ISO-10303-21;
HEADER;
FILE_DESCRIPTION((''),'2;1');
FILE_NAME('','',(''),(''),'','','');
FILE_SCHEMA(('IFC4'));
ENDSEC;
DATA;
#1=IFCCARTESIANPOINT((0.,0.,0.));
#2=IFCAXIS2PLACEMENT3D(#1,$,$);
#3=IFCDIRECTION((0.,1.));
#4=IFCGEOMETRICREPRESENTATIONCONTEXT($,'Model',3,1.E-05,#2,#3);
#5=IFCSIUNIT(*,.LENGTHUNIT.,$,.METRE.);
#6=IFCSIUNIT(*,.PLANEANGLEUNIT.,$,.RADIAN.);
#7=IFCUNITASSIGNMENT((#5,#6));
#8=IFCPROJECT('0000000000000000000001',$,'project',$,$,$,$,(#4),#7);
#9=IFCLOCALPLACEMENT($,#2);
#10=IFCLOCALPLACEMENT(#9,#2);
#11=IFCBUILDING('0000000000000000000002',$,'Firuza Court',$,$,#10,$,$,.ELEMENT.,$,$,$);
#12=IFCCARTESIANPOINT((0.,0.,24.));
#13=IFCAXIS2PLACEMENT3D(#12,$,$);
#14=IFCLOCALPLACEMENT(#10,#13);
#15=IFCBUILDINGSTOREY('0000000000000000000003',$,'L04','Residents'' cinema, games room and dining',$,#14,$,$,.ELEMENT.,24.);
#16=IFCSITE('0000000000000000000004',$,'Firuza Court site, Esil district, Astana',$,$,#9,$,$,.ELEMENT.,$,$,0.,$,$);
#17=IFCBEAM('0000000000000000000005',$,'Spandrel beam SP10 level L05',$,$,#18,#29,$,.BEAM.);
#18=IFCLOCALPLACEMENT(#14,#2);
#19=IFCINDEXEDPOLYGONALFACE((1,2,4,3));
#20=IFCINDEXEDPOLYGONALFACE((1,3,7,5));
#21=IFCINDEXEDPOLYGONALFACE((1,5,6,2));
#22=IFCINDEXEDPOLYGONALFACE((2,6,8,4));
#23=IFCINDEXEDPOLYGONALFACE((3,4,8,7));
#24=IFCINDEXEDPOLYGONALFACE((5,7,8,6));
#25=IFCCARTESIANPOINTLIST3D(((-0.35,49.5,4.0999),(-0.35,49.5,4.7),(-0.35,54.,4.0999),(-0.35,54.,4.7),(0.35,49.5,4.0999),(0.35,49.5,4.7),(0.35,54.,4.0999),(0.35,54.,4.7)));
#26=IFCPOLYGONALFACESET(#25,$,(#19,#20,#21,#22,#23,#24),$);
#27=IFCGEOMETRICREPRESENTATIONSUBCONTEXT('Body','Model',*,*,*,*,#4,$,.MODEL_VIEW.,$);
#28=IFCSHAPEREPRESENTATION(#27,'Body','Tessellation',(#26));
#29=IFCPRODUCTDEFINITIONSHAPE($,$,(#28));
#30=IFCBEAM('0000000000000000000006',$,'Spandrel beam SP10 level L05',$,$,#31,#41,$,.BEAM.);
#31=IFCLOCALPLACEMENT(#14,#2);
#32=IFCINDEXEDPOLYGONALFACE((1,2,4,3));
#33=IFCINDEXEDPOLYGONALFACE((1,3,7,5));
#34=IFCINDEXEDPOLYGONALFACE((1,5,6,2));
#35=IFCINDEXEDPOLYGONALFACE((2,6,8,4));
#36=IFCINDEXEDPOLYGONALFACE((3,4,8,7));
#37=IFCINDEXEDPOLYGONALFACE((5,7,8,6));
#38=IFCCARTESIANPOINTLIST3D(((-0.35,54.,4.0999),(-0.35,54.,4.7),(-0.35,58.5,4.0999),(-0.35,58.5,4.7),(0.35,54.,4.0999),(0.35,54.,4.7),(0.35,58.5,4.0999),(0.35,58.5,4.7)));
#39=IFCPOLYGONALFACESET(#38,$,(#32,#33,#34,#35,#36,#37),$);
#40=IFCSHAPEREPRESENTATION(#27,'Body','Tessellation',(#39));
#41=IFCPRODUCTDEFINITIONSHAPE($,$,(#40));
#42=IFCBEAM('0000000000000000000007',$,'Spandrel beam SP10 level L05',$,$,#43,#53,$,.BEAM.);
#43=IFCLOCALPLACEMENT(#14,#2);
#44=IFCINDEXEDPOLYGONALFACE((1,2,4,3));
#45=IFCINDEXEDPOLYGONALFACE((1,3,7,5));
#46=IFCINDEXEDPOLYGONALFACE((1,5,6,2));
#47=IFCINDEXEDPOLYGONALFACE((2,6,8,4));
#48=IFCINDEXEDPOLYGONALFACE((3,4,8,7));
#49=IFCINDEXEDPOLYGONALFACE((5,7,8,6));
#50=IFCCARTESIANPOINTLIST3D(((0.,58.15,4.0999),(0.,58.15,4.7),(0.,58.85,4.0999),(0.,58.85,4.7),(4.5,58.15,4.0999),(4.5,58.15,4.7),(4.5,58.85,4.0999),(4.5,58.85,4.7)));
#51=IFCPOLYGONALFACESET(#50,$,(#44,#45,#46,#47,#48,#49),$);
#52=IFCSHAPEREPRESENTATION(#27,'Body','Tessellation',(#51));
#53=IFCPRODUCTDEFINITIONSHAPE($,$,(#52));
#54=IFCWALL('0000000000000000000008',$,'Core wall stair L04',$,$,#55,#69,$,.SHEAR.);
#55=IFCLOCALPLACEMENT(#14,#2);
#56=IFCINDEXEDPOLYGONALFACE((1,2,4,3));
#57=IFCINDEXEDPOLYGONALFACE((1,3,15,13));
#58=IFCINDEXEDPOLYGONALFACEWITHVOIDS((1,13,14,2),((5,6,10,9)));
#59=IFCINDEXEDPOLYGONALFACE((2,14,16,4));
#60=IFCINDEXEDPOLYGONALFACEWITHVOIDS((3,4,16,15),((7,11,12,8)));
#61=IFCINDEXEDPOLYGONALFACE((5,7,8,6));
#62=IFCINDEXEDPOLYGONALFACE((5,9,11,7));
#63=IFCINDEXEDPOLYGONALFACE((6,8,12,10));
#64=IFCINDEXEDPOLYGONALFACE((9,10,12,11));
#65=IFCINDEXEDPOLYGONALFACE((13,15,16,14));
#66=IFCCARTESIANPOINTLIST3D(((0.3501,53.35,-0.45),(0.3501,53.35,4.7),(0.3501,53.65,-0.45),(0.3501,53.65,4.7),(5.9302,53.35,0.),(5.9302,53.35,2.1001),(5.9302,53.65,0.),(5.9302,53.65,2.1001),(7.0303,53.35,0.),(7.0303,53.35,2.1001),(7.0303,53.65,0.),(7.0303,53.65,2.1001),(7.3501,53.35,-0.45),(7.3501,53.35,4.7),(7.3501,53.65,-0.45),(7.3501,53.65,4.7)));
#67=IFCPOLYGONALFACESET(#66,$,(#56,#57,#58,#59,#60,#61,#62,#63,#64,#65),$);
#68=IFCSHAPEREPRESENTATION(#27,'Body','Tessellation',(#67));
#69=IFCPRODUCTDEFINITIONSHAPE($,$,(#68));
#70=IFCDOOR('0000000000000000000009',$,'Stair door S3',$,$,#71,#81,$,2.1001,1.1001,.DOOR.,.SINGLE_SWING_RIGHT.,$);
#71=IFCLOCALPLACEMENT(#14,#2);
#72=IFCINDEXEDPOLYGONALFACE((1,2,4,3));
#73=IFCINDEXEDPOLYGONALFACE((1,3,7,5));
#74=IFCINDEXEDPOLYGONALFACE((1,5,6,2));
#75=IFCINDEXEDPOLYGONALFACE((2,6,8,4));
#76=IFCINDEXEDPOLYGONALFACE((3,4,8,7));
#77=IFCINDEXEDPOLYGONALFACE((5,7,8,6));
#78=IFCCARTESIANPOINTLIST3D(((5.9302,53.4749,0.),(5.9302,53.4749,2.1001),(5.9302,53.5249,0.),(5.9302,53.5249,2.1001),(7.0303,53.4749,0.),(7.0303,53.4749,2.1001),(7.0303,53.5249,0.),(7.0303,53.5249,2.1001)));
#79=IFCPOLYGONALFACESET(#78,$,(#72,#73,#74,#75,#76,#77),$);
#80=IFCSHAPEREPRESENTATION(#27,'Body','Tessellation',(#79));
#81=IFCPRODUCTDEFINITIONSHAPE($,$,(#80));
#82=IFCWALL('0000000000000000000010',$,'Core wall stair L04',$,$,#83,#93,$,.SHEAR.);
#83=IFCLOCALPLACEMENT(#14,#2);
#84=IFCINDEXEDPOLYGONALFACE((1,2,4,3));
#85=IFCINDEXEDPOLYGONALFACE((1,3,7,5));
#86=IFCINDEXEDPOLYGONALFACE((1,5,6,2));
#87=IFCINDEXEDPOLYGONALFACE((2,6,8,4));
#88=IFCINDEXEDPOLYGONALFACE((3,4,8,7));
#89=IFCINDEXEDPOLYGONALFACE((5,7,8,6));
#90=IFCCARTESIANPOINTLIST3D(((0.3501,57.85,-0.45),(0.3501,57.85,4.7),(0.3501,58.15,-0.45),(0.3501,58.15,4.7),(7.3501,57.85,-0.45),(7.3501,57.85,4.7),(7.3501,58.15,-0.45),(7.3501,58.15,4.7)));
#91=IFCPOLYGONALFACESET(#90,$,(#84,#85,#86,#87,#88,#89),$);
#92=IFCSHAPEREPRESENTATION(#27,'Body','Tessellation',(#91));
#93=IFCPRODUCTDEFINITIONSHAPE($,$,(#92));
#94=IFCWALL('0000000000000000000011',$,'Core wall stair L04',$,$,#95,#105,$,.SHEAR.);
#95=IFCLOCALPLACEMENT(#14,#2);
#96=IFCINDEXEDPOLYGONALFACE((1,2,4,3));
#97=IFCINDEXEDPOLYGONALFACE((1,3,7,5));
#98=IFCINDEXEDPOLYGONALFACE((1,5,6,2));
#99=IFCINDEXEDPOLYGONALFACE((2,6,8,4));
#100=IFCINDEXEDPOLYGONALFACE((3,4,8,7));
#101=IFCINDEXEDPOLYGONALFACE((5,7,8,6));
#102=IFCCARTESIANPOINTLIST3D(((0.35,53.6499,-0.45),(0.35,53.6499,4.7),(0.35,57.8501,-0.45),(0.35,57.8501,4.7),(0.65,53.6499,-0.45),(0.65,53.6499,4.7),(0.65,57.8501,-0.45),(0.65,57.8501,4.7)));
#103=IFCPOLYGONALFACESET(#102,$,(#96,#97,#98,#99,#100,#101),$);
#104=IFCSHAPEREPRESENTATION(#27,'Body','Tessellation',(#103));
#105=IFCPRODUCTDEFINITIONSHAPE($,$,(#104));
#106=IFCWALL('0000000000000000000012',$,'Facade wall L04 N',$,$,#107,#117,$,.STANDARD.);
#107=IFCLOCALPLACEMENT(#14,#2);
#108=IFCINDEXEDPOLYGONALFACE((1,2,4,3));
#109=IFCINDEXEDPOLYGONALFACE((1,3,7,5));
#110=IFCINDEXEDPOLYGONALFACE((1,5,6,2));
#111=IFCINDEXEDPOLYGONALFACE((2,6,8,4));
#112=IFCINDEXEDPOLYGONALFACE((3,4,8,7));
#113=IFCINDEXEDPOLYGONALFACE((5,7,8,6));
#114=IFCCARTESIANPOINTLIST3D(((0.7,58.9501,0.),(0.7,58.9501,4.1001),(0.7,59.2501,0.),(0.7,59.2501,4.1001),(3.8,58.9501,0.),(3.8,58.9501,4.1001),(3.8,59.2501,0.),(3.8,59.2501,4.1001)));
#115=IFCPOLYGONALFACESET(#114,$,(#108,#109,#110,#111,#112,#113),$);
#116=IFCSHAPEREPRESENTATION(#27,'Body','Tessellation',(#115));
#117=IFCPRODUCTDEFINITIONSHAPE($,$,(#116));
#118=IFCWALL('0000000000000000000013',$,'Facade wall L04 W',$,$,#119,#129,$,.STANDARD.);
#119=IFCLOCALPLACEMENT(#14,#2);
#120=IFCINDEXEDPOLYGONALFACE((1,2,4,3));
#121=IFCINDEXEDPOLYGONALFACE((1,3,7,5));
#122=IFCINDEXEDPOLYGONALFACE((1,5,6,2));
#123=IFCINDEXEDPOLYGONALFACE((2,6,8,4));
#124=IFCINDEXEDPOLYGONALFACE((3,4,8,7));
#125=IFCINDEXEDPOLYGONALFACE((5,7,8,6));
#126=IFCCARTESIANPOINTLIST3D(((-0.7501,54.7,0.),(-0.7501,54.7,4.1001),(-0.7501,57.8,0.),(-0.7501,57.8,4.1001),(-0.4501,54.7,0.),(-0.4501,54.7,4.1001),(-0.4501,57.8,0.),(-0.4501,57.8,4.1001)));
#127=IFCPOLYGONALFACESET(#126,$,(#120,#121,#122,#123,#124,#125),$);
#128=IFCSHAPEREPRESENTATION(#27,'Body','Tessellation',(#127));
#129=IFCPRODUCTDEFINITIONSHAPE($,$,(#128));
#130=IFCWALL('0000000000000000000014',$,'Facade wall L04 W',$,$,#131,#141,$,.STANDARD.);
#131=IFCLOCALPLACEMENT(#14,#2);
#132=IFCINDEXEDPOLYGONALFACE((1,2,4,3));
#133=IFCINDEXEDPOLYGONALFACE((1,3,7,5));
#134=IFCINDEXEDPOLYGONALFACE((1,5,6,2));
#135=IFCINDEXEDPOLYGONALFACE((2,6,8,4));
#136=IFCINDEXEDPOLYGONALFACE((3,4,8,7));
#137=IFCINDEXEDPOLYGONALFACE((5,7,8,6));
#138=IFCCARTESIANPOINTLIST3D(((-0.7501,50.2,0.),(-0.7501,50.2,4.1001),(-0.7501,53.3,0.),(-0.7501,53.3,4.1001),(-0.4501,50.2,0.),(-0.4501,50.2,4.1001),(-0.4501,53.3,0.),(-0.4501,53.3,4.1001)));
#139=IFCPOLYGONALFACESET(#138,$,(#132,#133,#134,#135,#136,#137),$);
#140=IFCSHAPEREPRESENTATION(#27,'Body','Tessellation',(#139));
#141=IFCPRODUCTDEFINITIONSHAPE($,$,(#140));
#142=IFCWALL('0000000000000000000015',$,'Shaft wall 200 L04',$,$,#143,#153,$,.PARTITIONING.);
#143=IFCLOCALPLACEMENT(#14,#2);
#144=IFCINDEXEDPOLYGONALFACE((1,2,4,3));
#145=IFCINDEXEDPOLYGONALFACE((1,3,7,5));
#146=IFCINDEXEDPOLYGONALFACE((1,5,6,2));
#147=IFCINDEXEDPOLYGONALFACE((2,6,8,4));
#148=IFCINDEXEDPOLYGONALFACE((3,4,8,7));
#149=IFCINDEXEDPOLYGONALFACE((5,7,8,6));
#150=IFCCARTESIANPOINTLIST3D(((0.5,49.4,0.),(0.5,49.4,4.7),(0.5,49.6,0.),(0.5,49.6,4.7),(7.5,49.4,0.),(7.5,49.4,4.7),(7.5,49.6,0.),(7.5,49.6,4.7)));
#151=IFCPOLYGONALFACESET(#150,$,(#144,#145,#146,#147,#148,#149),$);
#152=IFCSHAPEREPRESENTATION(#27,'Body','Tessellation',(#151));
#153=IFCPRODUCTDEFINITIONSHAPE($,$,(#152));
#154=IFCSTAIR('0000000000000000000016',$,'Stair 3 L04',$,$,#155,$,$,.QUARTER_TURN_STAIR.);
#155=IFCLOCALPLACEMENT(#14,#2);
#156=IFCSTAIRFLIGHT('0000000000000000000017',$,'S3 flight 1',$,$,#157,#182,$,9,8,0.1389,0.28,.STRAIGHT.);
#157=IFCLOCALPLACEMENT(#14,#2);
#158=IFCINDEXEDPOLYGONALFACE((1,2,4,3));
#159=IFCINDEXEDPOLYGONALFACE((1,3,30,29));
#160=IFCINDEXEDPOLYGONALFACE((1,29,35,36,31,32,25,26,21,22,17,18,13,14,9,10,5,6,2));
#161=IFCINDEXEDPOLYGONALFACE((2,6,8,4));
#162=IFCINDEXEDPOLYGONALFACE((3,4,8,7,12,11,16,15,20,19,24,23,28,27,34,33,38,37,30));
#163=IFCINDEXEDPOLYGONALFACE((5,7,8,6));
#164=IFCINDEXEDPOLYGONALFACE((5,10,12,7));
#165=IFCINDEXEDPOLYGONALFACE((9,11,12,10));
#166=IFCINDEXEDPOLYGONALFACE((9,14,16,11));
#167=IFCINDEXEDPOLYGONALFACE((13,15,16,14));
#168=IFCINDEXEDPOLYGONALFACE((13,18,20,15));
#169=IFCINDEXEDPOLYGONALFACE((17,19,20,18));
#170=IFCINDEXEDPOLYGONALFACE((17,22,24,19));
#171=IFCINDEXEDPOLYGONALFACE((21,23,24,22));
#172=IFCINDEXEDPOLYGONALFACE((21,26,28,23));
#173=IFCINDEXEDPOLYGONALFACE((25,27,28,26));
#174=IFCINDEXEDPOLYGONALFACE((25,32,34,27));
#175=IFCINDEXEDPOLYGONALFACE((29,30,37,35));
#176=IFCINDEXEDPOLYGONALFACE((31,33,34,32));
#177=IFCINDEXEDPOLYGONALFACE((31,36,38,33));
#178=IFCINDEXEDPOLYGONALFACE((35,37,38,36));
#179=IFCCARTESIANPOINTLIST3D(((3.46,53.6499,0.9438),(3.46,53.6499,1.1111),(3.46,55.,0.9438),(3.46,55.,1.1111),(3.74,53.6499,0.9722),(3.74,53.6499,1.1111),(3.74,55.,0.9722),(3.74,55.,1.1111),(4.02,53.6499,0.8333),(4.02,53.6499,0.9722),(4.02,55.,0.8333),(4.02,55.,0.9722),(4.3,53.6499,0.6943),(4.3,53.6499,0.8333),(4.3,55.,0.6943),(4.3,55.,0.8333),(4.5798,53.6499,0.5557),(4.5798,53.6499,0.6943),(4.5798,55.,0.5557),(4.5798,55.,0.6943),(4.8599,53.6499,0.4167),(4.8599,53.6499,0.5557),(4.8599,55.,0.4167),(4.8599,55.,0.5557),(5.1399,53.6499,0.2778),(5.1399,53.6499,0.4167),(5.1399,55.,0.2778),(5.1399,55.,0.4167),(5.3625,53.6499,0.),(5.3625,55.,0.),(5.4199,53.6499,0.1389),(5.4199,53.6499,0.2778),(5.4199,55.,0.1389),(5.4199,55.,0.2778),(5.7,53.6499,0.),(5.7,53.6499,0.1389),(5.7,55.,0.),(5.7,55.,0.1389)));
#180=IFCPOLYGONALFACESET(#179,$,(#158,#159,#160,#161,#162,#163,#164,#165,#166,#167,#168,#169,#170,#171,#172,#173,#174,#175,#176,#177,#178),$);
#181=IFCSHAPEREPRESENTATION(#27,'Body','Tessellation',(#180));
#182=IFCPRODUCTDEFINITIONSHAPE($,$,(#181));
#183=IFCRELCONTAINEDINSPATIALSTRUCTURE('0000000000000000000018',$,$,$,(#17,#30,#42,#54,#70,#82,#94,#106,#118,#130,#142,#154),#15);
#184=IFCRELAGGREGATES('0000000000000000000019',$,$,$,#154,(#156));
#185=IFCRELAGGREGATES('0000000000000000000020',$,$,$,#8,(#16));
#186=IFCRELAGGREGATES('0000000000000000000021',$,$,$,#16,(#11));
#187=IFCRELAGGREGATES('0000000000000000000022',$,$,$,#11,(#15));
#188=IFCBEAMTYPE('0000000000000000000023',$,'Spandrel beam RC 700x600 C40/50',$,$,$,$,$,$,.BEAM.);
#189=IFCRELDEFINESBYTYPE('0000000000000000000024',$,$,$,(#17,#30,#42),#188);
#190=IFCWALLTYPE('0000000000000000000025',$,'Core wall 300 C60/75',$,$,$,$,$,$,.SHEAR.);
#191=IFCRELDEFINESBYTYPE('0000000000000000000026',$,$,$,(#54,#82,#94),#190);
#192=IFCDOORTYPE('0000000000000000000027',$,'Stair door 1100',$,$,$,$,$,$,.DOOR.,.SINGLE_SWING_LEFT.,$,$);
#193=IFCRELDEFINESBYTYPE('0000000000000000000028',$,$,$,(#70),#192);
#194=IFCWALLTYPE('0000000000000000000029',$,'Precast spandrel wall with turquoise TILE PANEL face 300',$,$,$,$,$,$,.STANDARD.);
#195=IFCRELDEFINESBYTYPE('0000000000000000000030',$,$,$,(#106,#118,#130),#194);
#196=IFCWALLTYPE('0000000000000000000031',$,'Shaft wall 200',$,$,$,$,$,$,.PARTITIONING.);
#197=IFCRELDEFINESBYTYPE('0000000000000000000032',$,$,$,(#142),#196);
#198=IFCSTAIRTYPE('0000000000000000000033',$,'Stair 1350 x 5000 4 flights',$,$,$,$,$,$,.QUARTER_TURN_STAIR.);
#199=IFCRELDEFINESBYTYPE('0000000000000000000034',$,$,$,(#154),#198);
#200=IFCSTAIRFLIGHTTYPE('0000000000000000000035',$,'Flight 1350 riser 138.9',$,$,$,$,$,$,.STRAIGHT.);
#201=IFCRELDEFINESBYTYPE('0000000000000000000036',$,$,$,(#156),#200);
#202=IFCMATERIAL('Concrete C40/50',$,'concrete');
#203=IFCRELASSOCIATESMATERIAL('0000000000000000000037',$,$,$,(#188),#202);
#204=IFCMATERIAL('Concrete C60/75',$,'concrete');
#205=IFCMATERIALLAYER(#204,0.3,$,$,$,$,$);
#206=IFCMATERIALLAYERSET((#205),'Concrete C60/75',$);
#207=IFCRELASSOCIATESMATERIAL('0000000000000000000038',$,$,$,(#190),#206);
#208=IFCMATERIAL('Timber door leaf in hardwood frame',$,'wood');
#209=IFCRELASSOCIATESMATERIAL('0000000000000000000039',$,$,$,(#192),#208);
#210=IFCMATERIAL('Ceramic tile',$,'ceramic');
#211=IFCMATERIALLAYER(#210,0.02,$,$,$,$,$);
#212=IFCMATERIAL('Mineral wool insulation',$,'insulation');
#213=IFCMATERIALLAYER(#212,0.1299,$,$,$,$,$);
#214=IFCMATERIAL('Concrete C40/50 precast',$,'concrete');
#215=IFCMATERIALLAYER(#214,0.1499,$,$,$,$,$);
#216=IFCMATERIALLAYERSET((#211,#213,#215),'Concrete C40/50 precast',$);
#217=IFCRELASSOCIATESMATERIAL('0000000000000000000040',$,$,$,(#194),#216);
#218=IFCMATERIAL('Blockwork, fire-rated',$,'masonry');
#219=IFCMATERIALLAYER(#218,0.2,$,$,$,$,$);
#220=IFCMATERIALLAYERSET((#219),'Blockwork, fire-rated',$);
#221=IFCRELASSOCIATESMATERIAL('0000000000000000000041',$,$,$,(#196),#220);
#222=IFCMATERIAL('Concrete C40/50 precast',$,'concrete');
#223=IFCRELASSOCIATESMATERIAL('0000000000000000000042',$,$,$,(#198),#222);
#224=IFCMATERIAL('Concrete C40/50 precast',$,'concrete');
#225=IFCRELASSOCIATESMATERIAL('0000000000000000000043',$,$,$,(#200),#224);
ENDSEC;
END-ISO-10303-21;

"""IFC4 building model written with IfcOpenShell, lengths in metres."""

from ifc_helpers import new_model, si_unit, direction, frame, frame_2d, origin, origin_2d, place, context, subcontext, project, spatial, polyline, rectangle, outline, extrude, material, layer, layer_set, material_profile, profile_set, type_object, element, fill, aggregate, save


model = new_model("IFC4")

# Units and contexts
model_context = context("Model", 3, precision=1e-05, world=origin(), true_north=direction((0.0, 1.0)))
body_context = subcontext(model_context, "Body", "Model", "MODEL_VIEW")
ifc_project = project(units=[si_unit("LENGTHUNIT", "METRE"), si_unit("PLANEANGLEUNIT", "RADIAN")], contexts=[model_context])

# Site, building, storey
site_placement = place(None, origin())
site = spatial("IfcSite", under=ifc_project, at=site_placement, Name="Firuza Court site, Esil district, Astana", CompositionType="ELEMENT", RefElevation=0.0)
building_placement = place(site_placement, origin())
building = spatial("IfcBuilding", under=site, at=building_placement, Name="Firuza Court", CompositionType="ELEMENT")
storey_placement = place(building_placement, frame((0.0, 0.0, 24.0)))
storey = spatial("IfcBuildingStorey", under=building, at=storey_placement, Name="L04", Description="Residents' cinema, games room and dining", CompositionType="ELEMENT", Elevation=24.0)

# Beams
ifc_material_1 = material(Name="Concrete C40/50", Category="concrete")
ifc_material_profile_1 = material_profile(ifc_material_1, rectangle(XDim=0.7, YDim=0.6001, at=origin_2d()), Name="RC 700x600")
ifc_profile_set_1 = profile_set([ifc_material_profile_1], Name="Concrete C40/50")
beam_type_1 = type_object("IfcBeamType", Name="Spandrel beam RC 700x600 C40/50", PredefinedType="BEAM", material=ifc_profile_set_1)
for number, where, z_axis, x_axis, name in (
    (1, (0.0, 54.0, 4.3999), (0.0, -1.0, 0.0), (1.0, 0.0, 0.0), "Spandrel beam SP10 level L05"),
    (2, (0.0, 58.5, 4.3999), (0.0, -1.0, 0.0), (1.0, 0.0, 0.0), "Spandrel beam SP10 level L05"),
    (3, (4.5, 58.5, 4.3999), (-1.0, 0.0, 0.0), (0.0, -1.0, 0.0), "Spandrel beam SP10 level L05"),
):
    element("IfcBeam", number, at=place(storey_placement, frame(where, z_axis=z_axis, x_axis=x_axis)), inside=storey, type_object=beam_type_1, Name=name, PredefinedType="BEAM", context=body_context, shape_type="SweptSolid", body=[
        extrude(rectangle(XDim=0.7, YDim=0.6001, at=origin_2d()), origin(), (0.0, 0.0, 1.0), 4.5),
    ])

# Wall, opening, door
ifc_material_2 = material(Name="Concrete C60/75", Category="concrete")
ifc_layer_1 = layer(ifc_material_2, 0.3)
ifc_layer_set_1 = layer_set([ifc_layer_1], Name="Concrete C60/75")
wall_type_1 = type_object("IfcWallType", Name="Core wall 300 C60/75", PredefinedType="SHEAR", material=ifc_layer_set_1)
wall_1_placement = place(storey_placement, frame((0.3501, 53.5, -0.45), z_axis=(0.0, 0.0, 1.0), x_axis=(1.0, 0.0, 0.0)))
wall_1 = element("IfcWall", 4, at=wall_1_placement, inside=storey, type_object=wall_type_1, Name="Core wall stair L04", PredefinedType="SHEAR", context=body_context, shape_type="SweptSolid", body=[
    extrude(rectangle(XDim=7.0, YDim=0.3, at=frame_2d((3.5, 0.0))), origin(), (0.0, 0.0, 1.0), 5.1499),
])
opening_placement = place(wall_1_placement, frame((5.5801, 0.0, 0.45)))
opening = element("IfcOpeningElement", 5, at=opening_placement, cuts=wall_1, PredefinedType="OPENING", context=body_context, shape_type="SweptSolid", body=[
    extrude(rectangle(XDim=1.1001, YDim=2.1001, at=frame_2d((0.55, 1.05))), frame((0.0, 0.1621, 0.0), z_axis=(0.0, -1.0, 0.0), x_axis=(1.0, 0.0, 0.0)), (0.0, 0.0, 1.0), 0.324),
])
ifc_material_3 = material(Name="Timber door leaf in hardwood frame", Category="wood")
door_type = type_object("IfcDoorType", Name="Stair door 1100", OperationType="SINGLE_SWING_LEFT", PredefinedType="DOOR", material=ifc_material_3)
door_placement = place(opening_placement, origin())
door = element("IfcDoor", 6, at=door_placement, inside=storey, type_object=door_type, Name="Stair door S3", OperationType="SINGLE_SWING_RIGHT", OverallHeight=2.1001, OverallWidth=1.1001, PredefinedType="DOOR", context=body_context, shape_type="SweptSolid", body=[
    extrude(rectangle(XDim=1.1001, YDim=2.1001, at=frame_2d((0.55, 1.05))), frame((0.0, 0.0249, 0.0), z_axis=(0.0, -1.0, 0.0), x_axis=(1.0, 0.0, 0.0)), (0.0, 0.0, 1.0), 0.05),
])
fill(opening, door)

# Walls
wall_2_placement = place(storey_placement, frame((0.3501, 58.0, -0.45), z_axis=(0.0, 0.0, 1.0), x_axis=(1.0, 0.0, 0.0)))
element("IfcWall", 7, at=wall_2_placement, inside=storey, type_object=wall_type_1, Name="Core wall stair L04", PredefinedType="SHEAR", context=body_context, shape_type="SweptSolid", body=[
    extrude(rectangle(XDim=7.0, YDim=0.3, at=frame_2d((3.5, 0.0))), origin(), (0.0, 0.0, 1.0), 5.1499),
])
wall_3_placement = place(storey_placement, frame((0.5, 53.6499, -0.45), z_axis=(0.0, 0.0, 1.0), x_axis=(0.0, 1.0, 0.0)))
element("IfcWall", 8, at=wall_3_placement, inside=storey, type_object=wall_type_1, Name="Core wall stair L04", PredefinedType="SHEAR", context=body_context, shape_type="SweptSolid", body=[
    extrude(rectangle(XDim=4.2002, YDim=0.3, at=frame_2d((2.1001, 0.0))), origin(), (0.0, 0.0, 1.0), 5.1499),
])
ifc_material_4 = material(Name="Ceramic tile", Category="ceramic")
ifc_layer_2 = layer(ifc_material_4, 0.02)
ifc_material_5 = material(Name="Mineral wool insulation", Category="insulation")
ifc_layer_3 = layer(ifc_material_5, 0.1299)
ifc_material_6 = material(Name="Concrete C40/50 precast", Category="concrete")
ifc_layer_4 = layer(ifc_material_6, 0.1499)
ifc_layer_set_2 = layer_set([ifc_layer_2, ifc_layer_3, ifc_layer_4], Name="Concrete C40/50 precast")
wall_type_2 = type_object("IfcWallType", Name="Precast spandrel wall with turquoise TILE PANEL face 300", PredefinedType="STANDARD", material=ifc_layer_set_2)
for number, where, z_axis, x_axis, name in (
    (9, (3.8, 59.1001, 0.0), (0.0, 0.0, 1.0), (-1.0, 0.0, 0.0), "Facade wall L04 N"),
    (10, (-0.6001, 57.8, 0.0), (0.0, 0.0, 1.0), (0.0, -1.0, 0.0), "Facade wall L04 W"),
    (11, (-0.6001, 53.3, 0.0), (0.0, 0.0, 1.0), (0.0, -1.0, 0.0), "Facade wall L04 W"),
):
    element("IfcWall", number, at=place(storey_placement, frame(where, z_axis=z_axis, x_axis=x_axis)), inside=storey, type_object=wall_type_2, Name=name, PredefinedType="STANDARD", context=body_context, shape_type="SweptSolid", body=[
        extrude(rectangle(XDim=3.1001, YDim=0.3, at=frame_2d((1.55, 0.0))), origin(), (0.0, 0.0, 1.0), 4.1001),
    ])
ifc_material_7 = material(Name="Blockwork, fire-rated", Category="masonry")
ifc_layer_5 = layer(ifc_material_7, 0.2)
ifc_layer_set_3 = layer_set([ifc_layer_5], Name="Blockwork, fire-rated")
wall_type_3 = type_object("IfcWallType", Name="Shaft wall 200", PredefinedType="PARTITIONING", material=ifc_layer_set_3)
wall_4_placement = place(storey_placement, frame((0.5, 49.5, 0.0), z_axis=(0.0, 0.0, 1.0), x_axis=(1.0, 0.0, 0.0)))
element("IfcWall", 12, at=wall_4_placement, inside=storey, type_object=wall_type_3, Name="Shaft wall 200 L04", PredefinedType="PARTITIONING", context=body_context, shape_type="SweptSolid", body=[
    extrude(rectangle(XDim=7.0, YDim=0.2, at=frame_2d((3.5, 0.0))), origin(), (0.0, 0.0, 1.0), 4.7),
])

# Stair, stair flight
ifc_material_8 = material(Name="Concrete C40/50 precast", Category="concrete")
stair_type = type_object("IfcStairType", Name="Stair 1350 x 5000 4 flights", PredefinedType="QUARTER_TURN_STAIR", material=ifc_material_8)
stair_placement = place(storey_placement, origin())
stair = element("IfcStair", 13, at=stair_placement, inside=storey, type_object=stair_type, Name="Stair 3 L04", PredefinedType="QUARTER_TURN_STAIR")
ifc_material_9 = material(Name="Concrete C40/50 precast", Category="concrete")
stair_flight_type = type_object("IfcStairFlightType", Name="Flight 1350 riser 138.9", PredefinedType="STRAIGHT", material=ifc_material_9)
stair_flight_1_placement = place(storey_placement, frame((5.7, 54.325, 0.0), z_axis=(0.0, 0.0, 1.0), x_axis=(-1.0, 0.0, 0.0)))
stair_flight_1 = element("IfcStairFlight", 14, at=stair_flight_1_placement, type_object=stair_flight_type, Name="S3 flight 1", NumberOfRisers=9, NumberOfTreads=8, PredefinedType="STRAIGHT", RiserHeight=0.1389, TreadLength=0.28, context=body_context, shape_type="SweptSolid", body=[
    extrude(outline(polyline([(0.0, 0.0), (0.0, 0.1389), (0.28, 0.1389), (0.28, 0.2778), (0.5601, 0.2778), (0.5601, 0.4167), (0.8401, 0.4167), (0.8401, 0.5557), (1.1201, 0.5557), (1.1201, 0.6943), (1.3999, 0.6943), (1.3999, 0.8333), (1.6799, 0.8333), (1.6799, 0.9722), (1.96, 0.9722), (1.96, 1.1111), (2.24, 1.1111), (2.24, 1.25), (2.24, 0.9438), (0.3374, 0.0), (0.0, 0.0)])), frame((0.0, 0.675, 0.0), z_axis=(0.0, -1.0, 0.0), x_axis=(1.0, 0.0, 0.0)), (0.0, 0.0, 1.0), 1.3501),
])
aggregate(stair, [stair_flight_1])

save(model, "model.ifc")
